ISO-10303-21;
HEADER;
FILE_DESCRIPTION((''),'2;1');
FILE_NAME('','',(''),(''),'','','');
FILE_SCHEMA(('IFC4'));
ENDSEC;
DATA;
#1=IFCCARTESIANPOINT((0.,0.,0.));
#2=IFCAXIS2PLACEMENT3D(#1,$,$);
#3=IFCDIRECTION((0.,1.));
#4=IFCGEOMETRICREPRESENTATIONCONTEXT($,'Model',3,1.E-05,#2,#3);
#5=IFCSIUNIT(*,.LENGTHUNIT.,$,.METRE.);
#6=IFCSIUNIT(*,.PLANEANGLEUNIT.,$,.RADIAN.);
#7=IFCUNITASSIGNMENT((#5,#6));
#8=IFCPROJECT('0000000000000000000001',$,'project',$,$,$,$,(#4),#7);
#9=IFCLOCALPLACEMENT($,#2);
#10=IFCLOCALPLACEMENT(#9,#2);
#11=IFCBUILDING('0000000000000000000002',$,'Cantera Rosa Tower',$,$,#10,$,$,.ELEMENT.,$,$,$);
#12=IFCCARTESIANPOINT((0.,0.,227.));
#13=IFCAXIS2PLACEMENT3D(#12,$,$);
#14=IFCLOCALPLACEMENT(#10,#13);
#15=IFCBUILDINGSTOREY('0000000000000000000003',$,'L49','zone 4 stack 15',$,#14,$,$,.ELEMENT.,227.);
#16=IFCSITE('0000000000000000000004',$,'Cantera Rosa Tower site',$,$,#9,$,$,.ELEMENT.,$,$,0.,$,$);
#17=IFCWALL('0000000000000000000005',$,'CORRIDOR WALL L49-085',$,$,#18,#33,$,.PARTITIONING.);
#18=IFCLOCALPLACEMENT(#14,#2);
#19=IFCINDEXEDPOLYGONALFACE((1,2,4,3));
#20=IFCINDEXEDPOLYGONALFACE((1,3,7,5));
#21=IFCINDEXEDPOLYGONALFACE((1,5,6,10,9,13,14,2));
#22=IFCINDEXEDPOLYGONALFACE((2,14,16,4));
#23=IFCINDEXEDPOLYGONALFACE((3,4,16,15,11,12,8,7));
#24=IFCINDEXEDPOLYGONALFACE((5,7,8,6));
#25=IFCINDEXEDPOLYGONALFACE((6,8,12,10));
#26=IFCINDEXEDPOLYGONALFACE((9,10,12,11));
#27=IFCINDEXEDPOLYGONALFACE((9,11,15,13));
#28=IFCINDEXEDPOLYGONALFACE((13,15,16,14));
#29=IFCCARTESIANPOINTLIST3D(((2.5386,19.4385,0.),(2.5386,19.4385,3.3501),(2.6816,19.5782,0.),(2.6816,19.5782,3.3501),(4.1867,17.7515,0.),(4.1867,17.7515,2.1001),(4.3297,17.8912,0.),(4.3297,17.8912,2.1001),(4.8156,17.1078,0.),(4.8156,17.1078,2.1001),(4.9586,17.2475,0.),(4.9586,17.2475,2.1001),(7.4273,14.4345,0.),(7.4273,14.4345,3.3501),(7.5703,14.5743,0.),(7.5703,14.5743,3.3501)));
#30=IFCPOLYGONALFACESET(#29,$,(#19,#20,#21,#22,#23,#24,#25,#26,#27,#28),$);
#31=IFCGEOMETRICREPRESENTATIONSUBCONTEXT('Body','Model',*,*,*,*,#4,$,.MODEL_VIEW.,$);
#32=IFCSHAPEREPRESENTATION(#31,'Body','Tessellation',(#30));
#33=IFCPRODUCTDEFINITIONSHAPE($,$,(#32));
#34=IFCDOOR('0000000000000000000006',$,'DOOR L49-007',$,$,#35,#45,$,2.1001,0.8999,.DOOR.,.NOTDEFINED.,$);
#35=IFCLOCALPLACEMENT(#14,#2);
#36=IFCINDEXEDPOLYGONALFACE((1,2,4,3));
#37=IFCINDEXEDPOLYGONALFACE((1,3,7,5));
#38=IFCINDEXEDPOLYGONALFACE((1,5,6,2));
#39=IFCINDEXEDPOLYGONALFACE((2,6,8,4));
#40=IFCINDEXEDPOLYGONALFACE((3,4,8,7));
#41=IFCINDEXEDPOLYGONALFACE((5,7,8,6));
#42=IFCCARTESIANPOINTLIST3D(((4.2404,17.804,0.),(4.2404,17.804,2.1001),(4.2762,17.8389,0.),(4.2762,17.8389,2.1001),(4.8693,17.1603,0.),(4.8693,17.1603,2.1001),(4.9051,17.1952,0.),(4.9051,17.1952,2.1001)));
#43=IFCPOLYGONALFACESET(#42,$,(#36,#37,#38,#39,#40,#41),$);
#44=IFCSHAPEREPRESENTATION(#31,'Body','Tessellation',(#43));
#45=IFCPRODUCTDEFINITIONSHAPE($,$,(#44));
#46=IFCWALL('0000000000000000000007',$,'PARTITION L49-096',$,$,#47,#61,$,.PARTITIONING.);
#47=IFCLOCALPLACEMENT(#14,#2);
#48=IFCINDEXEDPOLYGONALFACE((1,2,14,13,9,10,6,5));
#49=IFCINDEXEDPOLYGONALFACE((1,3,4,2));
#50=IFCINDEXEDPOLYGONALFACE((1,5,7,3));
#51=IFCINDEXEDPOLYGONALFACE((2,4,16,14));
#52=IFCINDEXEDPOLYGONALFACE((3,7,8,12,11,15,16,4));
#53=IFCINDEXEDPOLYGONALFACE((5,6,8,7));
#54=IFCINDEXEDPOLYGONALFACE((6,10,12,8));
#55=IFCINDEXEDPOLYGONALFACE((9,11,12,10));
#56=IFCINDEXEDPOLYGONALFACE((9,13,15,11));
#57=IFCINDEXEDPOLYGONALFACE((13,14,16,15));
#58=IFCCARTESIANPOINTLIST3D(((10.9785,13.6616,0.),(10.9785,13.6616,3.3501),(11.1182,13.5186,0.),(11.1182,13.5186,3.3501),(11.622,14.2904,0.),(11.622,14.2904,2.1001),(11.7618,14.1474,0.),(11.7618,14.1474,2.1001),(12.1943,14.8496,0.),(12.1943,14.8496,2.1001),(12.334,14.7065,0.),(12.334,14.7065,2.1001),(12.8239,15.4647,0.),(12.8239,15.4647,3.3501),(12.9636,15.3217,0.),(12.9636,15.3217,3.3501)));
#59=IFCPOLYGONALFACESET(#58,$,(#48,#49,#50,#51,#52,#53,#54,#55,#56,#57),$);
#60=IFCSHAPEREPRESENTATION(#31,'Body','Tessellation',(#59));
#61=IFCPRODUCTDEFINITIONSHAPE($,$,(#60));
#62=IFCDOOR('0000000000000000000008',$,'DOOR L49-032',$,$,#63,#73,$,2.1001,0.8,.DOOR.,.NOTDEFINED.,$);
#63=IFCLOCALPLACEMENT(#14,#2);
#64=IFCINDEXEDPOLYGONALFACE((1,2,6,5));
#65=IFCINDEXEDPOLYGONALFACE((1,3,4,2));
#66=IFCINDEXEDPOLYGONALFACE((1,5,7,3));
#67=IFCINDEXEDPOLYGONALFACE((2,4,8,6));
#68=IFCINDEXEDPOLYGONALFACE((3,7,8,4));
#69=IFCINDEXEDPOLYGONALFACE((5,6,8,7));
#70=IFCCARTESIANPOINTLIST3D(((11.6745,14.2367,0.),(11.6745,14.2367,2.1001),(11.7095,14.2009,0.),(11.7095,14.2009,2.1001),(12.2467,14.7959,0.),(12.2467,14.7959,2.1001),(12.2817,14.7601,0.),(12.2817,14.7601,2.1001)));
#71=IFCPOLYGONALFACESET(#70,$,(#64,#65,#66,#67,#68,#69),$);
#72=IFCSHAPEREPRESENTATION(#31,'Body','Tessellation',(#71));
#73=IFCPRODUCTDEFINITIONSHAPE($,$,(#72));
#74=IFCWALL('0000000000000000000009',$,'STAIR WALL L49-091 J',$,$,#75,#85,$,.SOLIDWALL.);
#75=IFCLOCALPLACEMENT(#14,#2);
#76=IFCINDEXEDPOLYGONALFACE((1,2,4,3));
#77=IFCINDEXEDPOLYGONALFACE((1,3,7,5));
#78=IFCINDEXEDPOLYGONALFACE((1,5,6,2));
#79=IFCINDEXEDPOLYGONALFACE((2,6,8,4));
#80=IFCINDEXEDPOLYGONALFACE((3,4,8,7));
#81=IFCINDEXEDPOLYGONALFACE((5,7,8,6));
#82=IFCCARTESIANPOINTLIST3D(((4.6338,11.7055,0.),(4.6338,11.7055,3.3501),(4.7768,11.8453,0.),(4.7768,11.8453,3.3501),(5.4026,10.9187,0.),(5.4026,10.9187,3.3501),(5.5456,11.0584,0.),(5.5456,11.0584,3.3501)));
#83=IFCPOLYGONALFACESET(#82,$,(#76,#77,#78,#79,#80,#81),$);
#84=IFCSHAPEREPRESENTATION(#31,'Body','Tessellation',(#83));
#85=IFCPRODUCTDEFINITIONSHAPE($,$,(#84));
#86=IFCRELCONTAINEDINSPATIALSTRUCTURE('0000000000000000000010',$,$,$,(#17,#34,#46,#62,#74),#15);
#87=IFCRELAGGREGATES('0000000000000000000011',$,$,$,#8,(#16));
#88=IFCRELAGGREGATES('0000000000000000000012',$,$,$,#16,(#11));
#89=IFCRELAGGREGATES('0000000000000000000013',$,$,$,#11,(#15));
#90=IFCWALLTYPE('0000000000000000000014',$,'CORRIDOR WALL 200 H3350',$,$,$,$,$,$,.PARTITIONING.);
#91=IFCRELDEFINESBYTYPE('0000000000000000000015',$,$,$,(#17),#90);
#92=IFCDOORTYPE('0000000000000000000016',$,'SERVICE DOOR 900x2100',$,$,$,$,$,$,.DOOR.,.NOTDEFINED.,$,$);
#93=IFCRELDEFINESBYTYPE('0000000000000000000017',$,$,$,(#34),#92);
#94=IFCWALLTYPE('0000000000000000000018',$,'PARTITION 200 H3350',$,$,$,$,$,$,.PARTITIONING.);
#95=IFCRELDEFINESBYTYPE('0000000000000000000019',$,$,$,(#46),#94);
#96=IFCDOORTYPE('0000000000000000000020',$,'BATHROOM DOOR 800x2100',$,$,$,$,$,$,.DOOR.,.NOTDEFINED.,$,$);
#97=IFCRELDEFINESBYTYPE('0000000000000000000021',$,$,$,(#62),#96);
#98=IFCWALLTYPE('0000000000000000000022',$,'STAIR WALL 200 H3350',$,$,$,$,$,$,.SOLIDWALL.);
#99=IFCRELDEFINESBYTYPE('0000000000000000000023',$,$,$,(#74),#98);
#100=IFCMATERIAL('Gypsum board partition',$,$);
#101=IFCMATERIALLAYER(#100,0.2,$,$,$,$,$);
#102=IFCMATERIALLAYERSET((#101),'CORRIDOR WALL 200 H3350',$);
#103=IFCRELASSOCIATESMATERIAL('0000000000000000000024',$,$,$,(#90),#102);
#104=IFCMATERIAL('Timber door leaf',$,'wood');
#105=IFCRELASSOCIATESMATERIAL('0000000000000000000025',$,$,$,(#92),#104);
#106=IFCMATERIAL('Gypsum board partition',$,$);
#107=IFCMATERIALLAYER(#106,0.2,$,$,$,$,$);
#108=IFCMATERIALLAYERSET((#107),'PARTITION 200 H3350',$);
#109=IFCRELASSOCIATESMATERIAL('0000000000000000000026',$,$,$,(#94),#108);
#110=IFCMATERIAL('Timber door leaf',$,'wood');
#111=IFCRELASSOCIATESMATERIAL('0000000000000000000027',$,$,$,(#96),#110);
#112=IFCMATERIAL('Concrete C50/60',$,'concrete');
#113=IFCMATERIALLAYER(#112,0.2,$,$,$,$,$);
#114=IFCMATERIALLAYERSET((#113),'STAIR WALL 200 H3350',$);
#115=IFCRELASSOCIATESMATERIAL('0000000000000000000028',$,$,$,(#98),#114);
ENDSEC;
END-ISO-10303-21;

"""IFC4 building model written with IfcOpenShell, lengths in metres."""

from ifc_helpers import new_model, si_unit, direction, frame, frame_2d, origin, place, context, subcontext, project, spatial, rectangle, extrude, material, layer, layer_set, type_object, element, fill, save


model = new_model("IFC4")

# Units and contexts
model_context = context("Model", 3, precision=1e-05, world=origin(), true_north=direction((0.0, 1.0)))
body_context = subcontext(model_context, "Body", "Model", "MODEL_VIEW")
ifc_project = project(units=[si_unit("LENGTHUNIT", "METRE"), si_unit("PLANEANGLEUNIT", "RADIAN")], contexts=[model_context])

# Site, building, storey
site_placement = place(None, origin())
site = spatial("IfcSite", under=ifc_project, at=site_placement, Name="Cantera Rosa Tower site", CompositionType="ELEMENT", RefElevation=0.0)
building_placement = place(site_placement, origin())
building = spatial("IfcBuilding", under=site, at=building_placement, Name="Cantera Rosa Tower", CompositionType="ELEMENT")
storey_placement = place(building_placement, frame((0.0, 0.0, 227.0)))
storey = spatial("IfcBuildingStorey", under=building, at=storey_placement, Name="L49", Description="zone 4 stack 15", CompositionType="ELEMENT", Elevation=227.0)

# Walls, openings, doors
ifc_material_1 = material(Name="Gypsum board partition")
ifc_layer_1 = layer(ifc_material_1, 0.2)
ifc_layer_set_1 = layer_set([ifc_layer_1], Name="CORRIDOR WALL 200 H3350")
wall_type_1 = type_object("IfcWallType", Name="CORRIDOR WALL 200 H3350", PredefinedType="PARTITIONING", material=ifc_layer_set_1)
wall_1_placement = place(storey_placement, frame((7.4988, 14.5044, 0.0), z_axis=(0.0, 0.0, 1.0), x_axis=(-0.698823, 0.715295, 0.0)))
wall_1 = element("IfcWall", 1, at=wall_1_placement, inside=storey, type_object=wall_type_1, Name="CORRIDOR WALL L49-085", PredefinedType="PARTITIONING", context=body_context, shape_type="SweptSolid", body=[
    extrude(rectangle(XDim=6.9956, YDim=0.2, at=frame_2d((3.4978, 0.0))), origin(), (0.0, 0.0, 1.0), 3.3501),
])
opening_1_placement = place(wall_1_placement, frame((3.7373, 0.0, 0.0)))
opening_1 = element("IfcOpeningElement", 2, at=opening_1_placement, cuts=wall_1, PredefinedType="OPENING", context=body_context, shape_type="SweptSolid", body=[
    extrude(rectangle(XDim=0.8999, YDim=2.1001, at=frame_2d((0.45, 1.05))), frame((0.0, 0.1099, 0.0), z_axis=(0.0, -1.0, 0.0), x_axis=(1.0, 0.0, 0.0)), (0.0, 0.0, 1.0), 0.22),
])
ifc_material_2 = material(Name="Timber door leaf", Category="wood")
door_type_1 = type_object("IfcDoorType", Name="SERVICE DOOR 900x2100", OperationType="NOTDEFINED", PredefinedType="DOOR", material=ifc_material_2)
door_1_placement = place(opening_1_placement, origin())
door_1 = element("IfcDoor", 3, at=door_1_placement, inside=storey, type_object=door_type_1, Name="DOOR L49-007", OperationType="NOTDEFINED", OverallHeight=2.1001, OverallWidth=0.8999, PredefinedType="DOOR", context=body_context, shape_type="SweptSolid", body=[
    extrude(rectangle(XDim=0.8999, YDim=2.1001, at=frame_2d((0.45, 1.05))), frame((0.0, 0.0249, 0.0), z_axis=(0.0, -1.0, 0.0), x_axis=(1.0, 0.0, 0.0)), (0.0, 0.0, 1.0), 0.05),
])
fill(opening_1, door_1)
ifc_material_3 = material(Name="Gypsum board partition")
ifc_layer_2 = layer(ifc_material_3, 0.2)
ifc_layer_set_2 = layer_set([ifc_layer_2], Name="PARTITION 200 H3350")
wall_type_2 = type_object("IfcWallType", Name="PARTITION 200 H3350", PredefinedType="PARTITIONING", material=ifc_layer_set_2)
wall_2_placement = place(storey_placement, frame((11.0483, 13.5901, 0.0), z_axis=(0.0, 0.0, 1.0), x_axis=(0.715244, 0.698875, 0.0)))
wall_2 = element("IfcWall", 4, at=wall_2_placement, inside=storey, type_object=wall_type_2, Name="PARTITION L49-096", PredefinedType="PARTITIONING", context=body_context, shape_type="SweptSolid", body=[
    extrude(rectangle(XDim=2.5801, YDim=0.2, at=frame_2d((1.29, 0.0))), origin(), (0.0, 0.0, 1.0), 3.3501),
])
opening_2_placement = place(wall_2_placement, frame((0.8999, 0.0, 0.0)))
opening_2 = element("IfcOpeningElement", 5, at=opening_2_placement, cuts=wall_2, PredefinedType="OPENING", context=body_context, shape_type="SweptSolid", body=[
    extrude(rectangle(XDim=0.8, YDim=2.1001, at=frame_2d((0.3999, 1.05))), frame((0.0, 0.1099, 0.0), z_axis=(0.0, -1.0, 0.0), x_axis=(1.0, 0.0, 0.0)), (0.0, 0.0, 1.0), 0.22),
])
ifc_material_4 = material(Name="Timber door leaf", Category="wood")
door_type_2 = type_object("IfcDoorType", Name="BATHROOM DOOR 800x2100", OperationType="NOTDEFINED", PredefinedType="DOOR", material=ifc_material_4)
door_2_placement = place(opening_2_placement, origin())
door_2 = element("IfcDoor", 6, at=door_2_placement, inside=storey, type_object=door_type_2, Name="DOOR L49-032", OperationType="NOTDEFINED", OverallHeight=2.1001, OverallWidth=0.8, PredefinedType="DOOR", context=body_context, shape_type="SweptSolid", body=[
    extrude(rectangle(XDim=0.8, YDim=2.1001, at=frame_2d((0.3999, 1.05))), frame((0.0, 0.0249, 0.0), z_axis=(0.0, -1.0, 0.0), x_axis=(1.0, 0.0, 0.0)), (0.0, 0.0, 1.0), 0.05),
])
fill(opening_2, door_2)

# Wall
ifc_material_5 = material(Name="Concrete C50/60", Category="concrete")
ifc_layer_3 = layer(ifc_material_5, 0.2)
ifc_layer_set_3 = layer_set([ifc_layer_3], Name="STAIR WALL 200 H3350")
wall_type_3 = type_object("IfcWallType", Name="STAIR WALL 200 H3350", PredefinedType="SOLIDWALL", material=ifc_layer_set_3)
wall_3_placement = place(storey_placement, frame((5.4741, 10.9885, 0.0), z_axis=(0.0, 0.0, 1.0), x_axis=(-0.698848, 0.71527, 0.0)))
element("IfcWall", 7, at=wall_3_placement, inside=storey, type_object=wall_type_3, Name="STAIR WALL L49-091 J", PredefinedType="SOLIDWALL", context=body_context, shape_type="SweptSolid", body=[
    extrude(rectangle(XDim=1.1001, YDim=0.2, at=frame_2d((0.55, 0.0))), origin(), (0.0, 0.0, 1.0), 3.3501),
])

save(model, "model.ifc")
